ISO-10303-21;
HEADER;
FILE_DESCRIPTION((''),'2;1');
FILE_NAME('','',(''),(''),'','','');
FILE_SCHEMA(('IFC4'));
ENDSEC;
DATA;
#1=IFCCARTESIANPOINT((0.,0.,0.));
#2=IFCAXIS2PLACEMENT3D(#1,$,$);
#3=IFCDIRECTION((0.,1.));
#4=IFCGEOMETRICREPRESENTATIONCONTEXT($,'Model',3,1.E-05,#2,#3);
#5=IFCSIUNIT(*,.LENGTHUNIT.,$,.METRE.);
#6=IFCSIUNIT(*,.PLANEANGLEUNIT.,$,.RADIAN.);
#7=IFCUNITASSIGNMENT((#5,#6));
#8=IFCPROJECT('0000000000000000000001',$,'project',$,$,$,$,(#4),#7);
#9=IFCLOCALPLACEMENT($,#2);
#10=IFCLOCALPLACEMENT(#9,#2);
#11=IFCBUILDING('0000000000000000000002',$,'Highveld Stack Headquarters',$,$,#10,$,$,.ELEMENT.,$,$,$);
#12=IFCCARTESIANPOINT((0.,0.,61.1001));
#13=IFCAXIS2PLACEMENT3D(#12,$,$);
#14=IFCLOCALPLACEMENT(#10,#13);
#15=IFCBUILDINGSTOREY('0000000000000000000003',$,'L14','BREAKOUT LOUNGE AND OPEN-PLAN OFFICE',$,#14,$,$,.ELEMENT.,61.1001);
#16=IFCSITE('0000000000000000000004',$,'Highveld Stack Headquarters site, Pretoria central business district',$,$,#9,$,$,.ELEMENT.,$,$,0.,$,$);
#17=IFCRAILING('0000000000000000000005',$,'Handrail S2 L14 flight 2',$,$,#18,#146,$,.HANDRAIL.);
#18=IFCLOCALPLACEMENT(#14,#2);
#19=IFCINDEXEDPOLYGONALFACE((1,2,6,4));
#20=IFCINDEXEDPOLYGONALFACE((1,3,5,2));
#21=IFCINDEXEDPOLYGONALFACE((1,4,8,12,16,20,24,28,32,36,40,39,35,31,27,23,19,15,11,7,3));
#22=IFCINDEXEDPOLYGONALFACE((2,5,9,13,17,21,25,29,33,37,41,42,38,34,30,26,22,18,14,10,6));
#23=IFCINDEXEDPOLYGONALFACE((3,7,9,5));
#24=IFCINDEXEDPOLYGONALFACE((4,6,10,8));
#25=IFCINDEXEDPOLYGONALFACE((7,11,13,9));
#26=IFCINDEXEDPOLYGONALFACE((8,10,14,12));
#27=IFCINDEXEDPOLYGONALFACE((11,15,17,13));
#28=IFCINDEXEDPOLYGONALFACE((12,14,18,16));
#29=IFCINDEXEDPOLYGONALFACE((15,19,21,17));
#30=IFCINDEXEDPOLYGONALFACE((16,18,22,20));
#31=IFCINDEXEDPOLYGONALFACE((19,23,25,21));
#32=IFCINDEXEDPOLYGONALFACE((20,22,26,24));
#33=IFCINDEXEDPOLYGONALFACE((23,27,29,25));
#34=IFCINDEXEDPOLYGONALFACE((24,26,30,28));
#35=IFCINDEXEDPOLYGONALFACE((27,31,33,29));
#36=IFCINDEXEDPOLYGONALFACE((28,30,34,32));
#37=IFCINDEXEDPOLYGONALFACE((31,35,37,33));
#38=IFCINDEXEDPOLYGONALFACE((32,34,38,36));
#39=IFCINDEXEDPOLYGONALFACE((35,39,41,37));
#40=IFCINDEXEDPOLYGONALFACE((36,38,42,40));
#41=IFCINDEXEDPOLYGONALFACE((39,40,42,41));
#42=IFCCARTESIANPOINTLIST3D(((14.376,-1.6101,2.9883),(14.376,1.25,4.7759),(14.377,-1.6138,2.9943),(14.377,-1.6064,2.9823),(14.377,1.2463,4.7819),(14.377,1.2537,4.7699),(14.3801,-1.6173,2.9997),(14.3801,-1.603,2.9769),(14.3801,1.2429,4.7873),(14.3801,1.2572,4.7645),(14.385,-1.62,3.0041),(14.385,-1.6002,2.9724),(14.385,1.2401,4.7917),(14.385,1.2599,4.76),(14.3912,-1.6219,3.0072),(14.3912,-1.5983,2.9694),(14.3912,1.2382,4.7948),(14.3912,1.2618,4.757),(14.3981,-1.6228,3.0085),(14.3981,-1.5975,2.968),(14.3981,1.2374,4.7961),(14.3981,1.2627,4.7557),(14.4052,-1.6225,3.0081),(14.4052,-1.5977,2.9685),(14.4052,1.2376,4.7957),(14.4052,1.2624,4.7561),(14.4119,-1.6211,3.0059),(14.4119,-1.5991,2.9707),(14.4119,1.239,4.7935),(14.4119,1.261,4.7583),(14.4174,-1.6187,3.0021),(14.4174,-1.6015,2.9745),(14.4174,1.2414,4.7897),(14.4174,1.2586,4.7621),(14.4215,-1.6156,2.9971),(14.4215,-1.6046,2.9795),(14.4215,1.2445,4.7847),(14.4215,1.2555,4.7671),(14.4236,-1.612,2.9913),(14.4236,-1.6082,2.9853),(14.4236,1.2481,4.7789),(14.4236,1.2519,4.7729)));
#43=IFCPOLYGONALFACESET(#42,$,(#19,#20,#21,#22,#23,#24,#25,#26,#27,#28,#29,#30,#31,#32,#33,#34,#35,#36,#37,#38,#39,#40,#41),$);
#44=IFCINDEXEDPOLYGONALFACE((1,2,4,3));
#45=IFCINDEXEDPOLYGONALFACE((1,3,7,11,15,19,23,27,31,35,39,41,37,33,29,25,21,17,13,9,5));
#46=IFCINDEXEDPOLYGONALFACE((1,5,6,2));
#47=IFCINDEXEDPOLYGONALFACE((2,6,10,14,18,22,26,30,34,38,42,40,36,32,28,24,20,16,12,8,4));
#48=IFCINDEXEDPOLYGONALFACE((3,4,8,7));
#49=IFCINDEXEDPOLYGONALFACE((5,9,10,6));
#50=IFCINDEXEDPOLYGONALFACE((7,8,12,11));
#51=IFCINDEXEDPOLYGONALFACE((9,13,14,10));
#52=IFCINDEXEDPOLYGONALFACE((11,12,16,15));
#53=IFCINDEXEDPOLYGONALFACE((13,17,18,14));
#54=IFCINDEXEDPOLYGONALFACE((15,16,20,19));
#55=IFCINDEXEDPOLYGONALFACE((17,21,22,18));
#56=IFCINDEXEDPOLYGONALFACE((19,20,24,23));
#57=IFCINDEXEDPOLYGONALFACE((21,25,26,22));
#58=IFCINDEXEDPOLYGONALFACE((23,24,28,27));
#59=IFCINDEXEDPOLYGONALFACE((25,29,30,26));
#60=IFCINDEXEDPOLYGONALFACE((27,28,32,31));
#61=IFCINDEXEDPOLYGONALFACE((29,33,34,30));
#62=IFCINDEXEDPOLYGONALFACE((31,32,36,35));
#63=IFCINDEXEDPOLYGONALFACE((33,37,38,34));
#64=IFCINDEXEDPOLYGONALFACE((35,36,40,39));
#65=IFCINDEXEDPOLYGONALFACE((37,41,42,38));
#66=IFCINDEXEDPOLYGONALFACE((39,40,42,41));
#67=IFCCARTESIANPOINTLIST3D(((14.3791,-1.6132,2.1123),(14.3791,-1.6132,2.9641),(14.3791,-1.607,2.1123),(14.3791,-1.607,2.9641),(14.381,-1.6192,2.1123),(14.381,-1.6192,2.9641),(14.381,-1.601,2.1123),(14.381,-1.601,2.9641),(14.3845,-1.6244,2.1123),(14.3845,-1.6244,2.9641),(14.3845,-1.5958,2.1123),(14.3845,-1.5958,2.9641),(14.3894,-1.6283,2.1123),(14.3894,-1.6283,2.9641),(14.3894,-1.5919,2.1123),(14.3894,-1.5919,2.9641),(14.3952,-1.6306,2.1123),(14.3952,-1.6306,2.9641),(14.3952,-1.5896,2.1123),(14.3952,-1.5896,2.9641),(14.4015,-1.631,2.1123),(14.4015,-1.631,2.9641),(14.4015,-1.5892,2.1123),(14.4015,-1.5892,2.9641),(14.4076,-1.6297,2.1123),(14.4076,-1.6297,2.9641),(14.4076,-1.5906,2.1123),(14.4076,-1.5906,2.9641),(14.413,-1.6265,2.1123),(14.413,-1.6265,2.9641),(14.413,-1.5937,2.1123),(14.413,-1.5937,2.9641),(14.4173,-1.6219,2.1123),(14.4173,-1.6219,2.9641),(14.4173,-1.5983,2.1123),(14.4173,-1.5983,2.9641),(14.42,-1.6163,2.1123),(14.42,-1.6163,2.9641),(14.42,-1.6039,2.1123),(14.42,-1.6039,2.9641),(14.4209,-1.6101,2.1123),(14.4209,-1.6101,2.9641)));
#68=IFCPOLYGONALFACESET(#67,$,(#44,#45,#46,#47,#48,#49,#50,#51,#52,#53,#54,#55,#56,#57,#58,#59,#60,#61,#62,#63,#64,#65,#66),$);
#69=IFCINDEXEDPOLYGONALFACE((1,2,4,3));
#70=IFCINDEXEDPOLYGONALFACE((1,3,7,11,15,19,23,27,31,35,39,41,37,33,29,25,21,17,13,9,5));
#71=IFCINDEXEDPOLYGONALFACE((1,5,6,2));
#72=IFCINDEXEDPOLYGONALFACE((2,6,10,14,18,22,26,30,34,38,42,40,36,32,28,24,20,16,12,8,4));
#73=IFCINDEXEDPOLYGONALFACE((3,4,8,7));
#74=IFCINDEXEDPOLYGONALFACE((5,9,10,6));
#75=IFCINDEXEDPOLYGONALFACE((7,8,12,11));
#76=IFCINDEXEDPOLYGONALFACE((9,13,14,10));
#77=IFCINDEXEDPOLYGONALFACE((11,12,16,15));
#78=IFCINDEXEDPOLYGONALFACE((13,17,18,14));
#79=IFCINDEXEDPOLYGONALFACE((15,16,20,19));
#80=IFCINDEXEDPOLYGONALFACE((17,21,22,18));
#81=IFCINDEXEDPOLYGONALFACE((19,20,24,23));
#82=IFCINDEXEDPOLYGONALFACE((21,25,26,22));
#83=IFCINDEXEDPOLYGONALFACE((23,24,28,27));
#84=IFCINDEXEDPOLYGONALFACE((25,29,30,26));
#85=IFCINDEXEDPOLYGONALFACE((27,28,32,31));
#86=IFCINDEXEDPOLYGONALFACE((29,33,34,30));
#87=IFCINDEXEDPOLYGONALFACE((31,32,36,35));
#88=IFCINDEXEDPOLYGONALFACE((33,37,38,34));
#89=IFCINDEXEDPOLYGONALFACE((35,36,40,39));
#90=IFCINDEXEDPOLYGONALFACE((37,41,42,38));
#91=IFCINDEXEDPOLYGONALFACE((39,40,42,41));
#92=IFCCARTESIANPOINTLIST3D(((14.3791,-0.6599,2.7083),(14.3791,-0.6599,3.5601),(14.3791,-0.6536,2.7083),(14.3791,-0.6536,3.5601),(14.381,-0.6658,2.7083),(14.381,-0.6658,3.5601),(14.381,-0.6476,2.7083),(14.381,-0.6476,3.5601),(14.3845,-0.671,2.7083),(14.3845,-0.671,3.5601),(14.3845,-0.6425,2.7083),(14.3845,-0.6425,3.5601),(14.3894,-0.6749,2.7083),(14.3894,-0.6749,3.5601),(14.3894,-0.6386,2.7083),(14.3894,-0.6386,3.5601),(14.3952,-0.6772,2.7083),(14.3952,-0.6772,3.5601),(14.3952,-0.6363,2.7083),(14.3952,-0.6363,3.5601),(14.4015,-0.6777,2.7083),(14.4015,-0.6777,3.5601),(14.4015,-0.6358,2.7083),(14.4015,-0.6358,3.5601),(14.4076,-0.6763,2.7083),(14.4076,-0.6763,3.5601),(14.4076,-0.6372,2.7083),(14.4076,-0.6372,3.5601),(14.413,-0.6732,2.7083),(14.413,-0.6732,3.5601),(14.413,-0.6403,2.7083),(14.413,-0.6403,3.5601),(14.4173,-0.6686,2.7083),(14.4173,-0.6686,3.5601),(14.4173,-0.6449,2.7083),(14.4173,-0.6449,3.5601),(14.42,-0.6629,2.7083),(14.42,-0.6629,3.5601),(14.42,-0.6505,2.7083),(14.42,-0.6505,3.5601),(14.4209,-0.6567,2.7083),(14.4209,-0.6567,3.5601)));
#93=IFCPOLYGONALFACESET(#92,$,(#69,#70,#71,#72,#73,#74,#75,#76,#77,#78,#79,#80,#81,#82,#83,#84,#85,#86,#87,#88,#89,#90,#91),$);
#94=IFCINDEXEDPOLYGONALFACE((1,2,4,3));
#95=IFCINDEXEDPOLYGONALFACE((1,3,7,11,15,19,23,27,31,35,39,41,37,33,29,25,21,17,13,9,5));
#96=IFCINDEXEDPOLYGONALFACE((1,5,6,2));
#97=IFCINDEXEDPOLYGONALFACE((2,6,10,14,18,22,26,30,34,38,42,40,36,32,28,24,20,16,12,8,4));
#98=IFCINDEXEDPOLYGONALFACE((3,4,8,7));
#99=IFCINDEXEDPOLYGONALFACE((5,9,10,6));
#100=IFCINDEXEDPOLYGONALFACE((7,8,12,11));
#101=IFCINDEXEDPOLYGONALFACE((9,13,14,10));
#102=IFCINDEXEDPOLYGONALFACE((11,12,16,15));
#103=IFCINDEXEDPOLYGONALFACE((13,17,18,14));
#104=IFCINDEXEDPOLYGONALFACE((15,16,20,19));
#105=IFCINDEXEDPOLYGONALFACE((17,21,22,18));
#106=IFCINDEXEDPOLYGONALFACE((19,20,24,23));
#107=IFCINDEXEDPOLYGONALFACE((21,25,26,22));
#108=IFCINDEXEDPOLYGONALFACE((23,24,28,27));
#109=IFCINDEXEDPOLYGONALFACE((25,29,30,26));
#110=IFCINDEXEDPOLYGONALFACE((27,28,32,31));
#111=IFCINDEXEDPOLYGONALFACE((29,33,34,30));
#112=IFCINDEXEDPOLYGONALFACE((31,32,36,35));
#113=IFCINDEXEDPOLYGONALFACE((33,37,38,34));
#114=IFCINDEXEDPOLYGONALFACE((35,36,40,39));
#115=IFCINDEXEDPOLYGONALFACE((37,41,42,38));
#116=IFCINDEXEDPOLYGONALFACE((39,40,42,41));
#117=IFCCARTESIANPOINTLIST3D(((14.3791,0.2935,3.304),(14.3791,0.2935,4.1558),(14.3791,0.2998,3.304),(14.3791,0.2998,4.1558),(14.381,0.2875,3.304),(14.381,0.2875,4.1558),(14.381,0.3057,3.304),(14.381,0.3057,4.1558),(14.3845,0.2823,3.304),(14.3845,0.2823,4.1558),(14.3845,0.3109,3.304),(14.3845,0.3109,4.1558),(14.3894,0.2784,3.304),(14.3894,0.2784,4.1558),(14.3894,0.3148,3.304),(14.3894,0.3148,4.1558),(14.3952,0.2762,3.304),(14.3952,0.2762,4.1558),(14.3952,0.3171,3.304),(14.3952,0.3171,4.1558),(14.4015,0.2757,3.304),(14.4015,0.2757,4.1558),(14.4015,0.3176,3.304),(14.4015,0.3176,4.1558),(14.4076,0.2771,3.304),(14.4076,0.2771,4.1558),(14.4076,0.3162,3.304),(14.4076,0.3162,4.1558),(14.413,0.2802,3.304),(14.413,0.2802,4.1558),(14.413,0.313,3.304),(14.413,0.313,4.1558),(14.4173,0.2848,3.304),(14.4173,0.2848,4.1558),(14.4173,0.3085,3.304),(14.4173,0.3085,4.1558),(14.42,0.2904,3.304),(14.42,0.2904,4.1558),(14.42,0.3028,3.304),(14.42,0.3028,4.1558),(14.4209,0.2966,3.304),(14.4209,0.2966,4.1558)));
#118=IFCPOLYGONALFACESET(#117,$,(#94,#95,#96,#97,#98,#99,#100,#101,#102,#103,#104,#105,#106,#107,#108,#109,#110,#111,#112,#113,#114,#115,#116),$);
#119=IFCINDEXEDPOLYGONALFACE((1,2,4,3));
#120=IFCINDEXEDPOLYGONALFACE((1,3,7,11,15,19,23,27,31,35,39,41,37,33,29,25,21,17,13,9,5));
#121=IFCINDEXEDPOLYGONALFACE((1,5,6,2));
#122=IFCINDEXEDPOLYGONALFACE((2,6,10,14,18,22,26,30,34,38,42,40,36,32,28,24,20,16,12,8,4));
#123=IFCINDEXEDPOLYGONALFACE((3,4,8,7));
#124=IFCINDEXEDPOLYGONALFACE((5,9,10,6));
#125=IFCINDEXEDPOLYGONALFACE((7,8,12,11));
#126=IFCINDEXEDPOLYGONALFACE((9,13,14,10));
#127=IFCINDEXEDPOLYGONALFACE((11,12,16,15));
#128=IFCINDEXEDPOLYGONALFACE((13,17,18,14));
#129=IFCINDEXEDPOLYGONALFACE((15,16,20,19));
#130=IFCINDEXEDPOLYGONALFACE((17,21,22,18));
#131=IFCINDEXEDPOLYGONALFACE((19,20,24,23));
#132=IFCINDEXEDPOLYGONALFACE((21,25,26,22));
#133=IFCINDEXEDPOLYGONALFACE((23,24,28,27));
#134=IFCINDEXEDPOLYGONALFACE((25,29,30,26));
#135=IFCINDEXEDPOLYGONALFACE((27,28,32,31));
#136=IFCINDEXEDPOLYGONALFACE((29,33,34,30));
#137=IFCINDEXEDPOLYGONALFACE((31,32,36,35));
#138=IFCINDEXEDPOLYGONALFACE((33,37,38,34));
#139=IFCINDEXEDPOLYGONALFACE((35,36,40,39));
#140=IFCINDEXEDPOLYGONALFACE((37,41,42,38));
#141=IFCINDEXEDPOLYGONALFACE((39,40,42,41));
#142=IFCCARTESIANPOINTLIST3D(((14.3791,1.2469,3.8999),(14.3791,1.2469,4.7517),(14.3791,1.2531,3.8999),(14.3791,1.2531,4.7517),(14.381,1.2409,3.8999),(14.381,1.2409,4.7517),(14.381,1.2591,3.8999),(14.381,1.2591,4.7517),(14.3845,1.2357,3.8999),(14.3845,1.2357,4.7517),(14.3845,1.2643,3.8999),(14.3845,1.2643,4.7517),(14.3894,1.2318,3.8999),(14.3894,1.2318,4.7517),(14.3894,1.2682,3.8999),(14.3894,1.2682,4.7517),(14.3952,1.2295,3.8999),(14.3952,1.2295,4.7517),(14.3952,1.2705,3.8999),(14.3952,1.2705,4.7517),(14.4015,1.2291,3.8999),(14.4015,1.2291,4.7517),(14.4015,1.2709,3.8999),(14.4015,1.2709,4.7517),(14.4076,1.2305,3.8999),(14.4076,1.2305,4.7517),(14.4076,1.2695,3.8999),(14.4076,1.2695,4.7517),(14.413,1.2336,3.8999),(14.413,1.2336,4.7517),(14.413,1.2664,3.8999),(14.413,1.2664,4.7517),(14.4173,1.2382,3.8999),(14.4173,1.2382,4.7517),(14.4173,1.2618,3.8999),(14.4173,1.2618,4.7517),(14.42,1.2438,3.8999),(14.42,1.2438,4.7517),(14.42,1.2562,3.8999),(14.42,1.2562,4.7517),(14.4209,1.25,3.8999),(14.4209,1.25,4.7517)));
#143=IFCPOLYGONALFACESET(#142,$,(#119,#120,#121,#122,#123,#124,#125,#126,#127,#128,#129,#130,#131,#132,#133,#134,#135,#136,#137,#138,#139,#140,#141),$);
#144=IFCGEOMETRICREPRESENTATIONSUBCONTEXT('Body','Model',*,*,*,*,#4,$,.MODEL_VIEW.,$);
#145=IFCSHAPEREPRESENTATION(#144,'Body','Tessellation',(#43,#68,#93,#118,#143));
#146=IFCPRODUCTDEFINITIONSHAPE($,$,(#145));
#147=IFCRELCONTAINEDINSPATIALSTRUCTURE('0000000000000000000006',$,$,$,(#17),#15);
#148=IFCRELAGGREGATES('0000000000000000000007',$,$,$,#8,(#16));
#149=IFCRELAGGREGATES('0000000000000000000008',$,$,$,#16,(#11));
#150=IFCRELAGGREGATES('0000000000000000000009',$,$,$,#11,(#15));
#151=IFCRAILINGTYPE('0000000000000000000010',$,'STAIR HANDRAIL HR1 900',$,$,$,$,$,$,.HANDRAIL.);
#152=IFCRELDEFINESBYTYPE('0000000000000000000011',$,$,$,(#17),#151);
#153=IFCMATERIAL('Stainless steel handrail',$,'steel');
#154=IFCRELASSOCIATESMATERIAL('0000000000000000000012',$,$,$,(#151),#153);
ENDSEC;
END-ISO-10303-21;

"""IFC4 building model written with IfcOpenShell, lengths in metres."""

from ifc_helpers import new_model, si_unit, direction, frame, origin, origin_2d, place, context, subcontext, project, spatial, circle, extrude, material, type_object, element, save


model = new_model("IFC4")

# Units and contexts
model_context = context("Model", 3, precision=1e-05, world=origin(), true_north=direction((0.0, 1.0)))
body_context = subcontext(model_context, "Body", "Model", "MODEL_VIEW")
ifc_project = project(units=[si_unit("LENGTHUNIT", "METRE"), si_unit("PLANEANGLEUNIT", "RADIAN")], contexts=[model_context])

# Site, building, storey
site_placement = place(None, origin())
site = spatial("IfcSite", under=ifc_project, at=site_placement, Name="Highveld Stack Headquarters site, Pretoria central business district", CompositionType="ELEMENT", RefElevation=0.0)
building_placement = place(site_placement, origin())
building = spatial("IfcBuilding", under=site, at=building_placement, Name="Highveld Stack Headquarters", CompositionType="ELEMENT")
storey_placement = place(building_placement, frame((0.0, 0.0, 61.1001)))
storey = spatial("IfcBuildingStorey", under=building, at=storey_placement, Name="L14", Description="BREAKOUT LOUNGE AND OPEN-PLAN OFFICE", CompositionType="ELEMENT", Elevation=61.1001)

# Railing
ifc_material_1 = material(Name="Stainless steel handrail", Category="steel")
railing_type = type_object("IfcRailingType", Name="STAIR HANDRAIL HR1 900", PredefinedType="HANDRAIL", material=ifc_material_1)
for number, where, name in (
    (1, (14.3999, -1.6101, 2.1123), "Handrail S2 L14 flight 2"),
):
    element("IfcRailing", number, at=place(storey_placement, frame(where)), inside=storey, type_object=railing_type, Name=name, PredefinedType="HANDRAIL", context=body_context, shape_type="SweptSolid", body=[
        extrude(circle(Radius=0.0239, at=origin_2d()), frame((0.0, 0.0, 0.876), z_axis=(0.0, 0.847994, 0.530005), x_axis=(-1.0, 0.0, 0.0)), (0.0, 0.0, 1.0), 3.3728),
        extrude(circle(Radius=0.021, at=origin_2d()), origin(), (0.0, 0.0, 1.0), 0.8518),
        extrude(circle(Radius=0.021, at=origin_2d()), frame((0.0, 0.9534, 0.5959)), (0.0, 0.0, 1.0), 0.8518),
        extrude(circle(Radius=0.021, at=origin_2d()), frame((0.0, 1.9067, 1.1917)), (0.0, 0.0, 1.0), 0.8518),
        extrude(circle(Radius=0.021, at=origin_2d()), frame((0.0, 2.8601, 1.7876)), (0.0, 0.0, 1.0), 0.8518),
    ])

save(model, "model.ifc")
